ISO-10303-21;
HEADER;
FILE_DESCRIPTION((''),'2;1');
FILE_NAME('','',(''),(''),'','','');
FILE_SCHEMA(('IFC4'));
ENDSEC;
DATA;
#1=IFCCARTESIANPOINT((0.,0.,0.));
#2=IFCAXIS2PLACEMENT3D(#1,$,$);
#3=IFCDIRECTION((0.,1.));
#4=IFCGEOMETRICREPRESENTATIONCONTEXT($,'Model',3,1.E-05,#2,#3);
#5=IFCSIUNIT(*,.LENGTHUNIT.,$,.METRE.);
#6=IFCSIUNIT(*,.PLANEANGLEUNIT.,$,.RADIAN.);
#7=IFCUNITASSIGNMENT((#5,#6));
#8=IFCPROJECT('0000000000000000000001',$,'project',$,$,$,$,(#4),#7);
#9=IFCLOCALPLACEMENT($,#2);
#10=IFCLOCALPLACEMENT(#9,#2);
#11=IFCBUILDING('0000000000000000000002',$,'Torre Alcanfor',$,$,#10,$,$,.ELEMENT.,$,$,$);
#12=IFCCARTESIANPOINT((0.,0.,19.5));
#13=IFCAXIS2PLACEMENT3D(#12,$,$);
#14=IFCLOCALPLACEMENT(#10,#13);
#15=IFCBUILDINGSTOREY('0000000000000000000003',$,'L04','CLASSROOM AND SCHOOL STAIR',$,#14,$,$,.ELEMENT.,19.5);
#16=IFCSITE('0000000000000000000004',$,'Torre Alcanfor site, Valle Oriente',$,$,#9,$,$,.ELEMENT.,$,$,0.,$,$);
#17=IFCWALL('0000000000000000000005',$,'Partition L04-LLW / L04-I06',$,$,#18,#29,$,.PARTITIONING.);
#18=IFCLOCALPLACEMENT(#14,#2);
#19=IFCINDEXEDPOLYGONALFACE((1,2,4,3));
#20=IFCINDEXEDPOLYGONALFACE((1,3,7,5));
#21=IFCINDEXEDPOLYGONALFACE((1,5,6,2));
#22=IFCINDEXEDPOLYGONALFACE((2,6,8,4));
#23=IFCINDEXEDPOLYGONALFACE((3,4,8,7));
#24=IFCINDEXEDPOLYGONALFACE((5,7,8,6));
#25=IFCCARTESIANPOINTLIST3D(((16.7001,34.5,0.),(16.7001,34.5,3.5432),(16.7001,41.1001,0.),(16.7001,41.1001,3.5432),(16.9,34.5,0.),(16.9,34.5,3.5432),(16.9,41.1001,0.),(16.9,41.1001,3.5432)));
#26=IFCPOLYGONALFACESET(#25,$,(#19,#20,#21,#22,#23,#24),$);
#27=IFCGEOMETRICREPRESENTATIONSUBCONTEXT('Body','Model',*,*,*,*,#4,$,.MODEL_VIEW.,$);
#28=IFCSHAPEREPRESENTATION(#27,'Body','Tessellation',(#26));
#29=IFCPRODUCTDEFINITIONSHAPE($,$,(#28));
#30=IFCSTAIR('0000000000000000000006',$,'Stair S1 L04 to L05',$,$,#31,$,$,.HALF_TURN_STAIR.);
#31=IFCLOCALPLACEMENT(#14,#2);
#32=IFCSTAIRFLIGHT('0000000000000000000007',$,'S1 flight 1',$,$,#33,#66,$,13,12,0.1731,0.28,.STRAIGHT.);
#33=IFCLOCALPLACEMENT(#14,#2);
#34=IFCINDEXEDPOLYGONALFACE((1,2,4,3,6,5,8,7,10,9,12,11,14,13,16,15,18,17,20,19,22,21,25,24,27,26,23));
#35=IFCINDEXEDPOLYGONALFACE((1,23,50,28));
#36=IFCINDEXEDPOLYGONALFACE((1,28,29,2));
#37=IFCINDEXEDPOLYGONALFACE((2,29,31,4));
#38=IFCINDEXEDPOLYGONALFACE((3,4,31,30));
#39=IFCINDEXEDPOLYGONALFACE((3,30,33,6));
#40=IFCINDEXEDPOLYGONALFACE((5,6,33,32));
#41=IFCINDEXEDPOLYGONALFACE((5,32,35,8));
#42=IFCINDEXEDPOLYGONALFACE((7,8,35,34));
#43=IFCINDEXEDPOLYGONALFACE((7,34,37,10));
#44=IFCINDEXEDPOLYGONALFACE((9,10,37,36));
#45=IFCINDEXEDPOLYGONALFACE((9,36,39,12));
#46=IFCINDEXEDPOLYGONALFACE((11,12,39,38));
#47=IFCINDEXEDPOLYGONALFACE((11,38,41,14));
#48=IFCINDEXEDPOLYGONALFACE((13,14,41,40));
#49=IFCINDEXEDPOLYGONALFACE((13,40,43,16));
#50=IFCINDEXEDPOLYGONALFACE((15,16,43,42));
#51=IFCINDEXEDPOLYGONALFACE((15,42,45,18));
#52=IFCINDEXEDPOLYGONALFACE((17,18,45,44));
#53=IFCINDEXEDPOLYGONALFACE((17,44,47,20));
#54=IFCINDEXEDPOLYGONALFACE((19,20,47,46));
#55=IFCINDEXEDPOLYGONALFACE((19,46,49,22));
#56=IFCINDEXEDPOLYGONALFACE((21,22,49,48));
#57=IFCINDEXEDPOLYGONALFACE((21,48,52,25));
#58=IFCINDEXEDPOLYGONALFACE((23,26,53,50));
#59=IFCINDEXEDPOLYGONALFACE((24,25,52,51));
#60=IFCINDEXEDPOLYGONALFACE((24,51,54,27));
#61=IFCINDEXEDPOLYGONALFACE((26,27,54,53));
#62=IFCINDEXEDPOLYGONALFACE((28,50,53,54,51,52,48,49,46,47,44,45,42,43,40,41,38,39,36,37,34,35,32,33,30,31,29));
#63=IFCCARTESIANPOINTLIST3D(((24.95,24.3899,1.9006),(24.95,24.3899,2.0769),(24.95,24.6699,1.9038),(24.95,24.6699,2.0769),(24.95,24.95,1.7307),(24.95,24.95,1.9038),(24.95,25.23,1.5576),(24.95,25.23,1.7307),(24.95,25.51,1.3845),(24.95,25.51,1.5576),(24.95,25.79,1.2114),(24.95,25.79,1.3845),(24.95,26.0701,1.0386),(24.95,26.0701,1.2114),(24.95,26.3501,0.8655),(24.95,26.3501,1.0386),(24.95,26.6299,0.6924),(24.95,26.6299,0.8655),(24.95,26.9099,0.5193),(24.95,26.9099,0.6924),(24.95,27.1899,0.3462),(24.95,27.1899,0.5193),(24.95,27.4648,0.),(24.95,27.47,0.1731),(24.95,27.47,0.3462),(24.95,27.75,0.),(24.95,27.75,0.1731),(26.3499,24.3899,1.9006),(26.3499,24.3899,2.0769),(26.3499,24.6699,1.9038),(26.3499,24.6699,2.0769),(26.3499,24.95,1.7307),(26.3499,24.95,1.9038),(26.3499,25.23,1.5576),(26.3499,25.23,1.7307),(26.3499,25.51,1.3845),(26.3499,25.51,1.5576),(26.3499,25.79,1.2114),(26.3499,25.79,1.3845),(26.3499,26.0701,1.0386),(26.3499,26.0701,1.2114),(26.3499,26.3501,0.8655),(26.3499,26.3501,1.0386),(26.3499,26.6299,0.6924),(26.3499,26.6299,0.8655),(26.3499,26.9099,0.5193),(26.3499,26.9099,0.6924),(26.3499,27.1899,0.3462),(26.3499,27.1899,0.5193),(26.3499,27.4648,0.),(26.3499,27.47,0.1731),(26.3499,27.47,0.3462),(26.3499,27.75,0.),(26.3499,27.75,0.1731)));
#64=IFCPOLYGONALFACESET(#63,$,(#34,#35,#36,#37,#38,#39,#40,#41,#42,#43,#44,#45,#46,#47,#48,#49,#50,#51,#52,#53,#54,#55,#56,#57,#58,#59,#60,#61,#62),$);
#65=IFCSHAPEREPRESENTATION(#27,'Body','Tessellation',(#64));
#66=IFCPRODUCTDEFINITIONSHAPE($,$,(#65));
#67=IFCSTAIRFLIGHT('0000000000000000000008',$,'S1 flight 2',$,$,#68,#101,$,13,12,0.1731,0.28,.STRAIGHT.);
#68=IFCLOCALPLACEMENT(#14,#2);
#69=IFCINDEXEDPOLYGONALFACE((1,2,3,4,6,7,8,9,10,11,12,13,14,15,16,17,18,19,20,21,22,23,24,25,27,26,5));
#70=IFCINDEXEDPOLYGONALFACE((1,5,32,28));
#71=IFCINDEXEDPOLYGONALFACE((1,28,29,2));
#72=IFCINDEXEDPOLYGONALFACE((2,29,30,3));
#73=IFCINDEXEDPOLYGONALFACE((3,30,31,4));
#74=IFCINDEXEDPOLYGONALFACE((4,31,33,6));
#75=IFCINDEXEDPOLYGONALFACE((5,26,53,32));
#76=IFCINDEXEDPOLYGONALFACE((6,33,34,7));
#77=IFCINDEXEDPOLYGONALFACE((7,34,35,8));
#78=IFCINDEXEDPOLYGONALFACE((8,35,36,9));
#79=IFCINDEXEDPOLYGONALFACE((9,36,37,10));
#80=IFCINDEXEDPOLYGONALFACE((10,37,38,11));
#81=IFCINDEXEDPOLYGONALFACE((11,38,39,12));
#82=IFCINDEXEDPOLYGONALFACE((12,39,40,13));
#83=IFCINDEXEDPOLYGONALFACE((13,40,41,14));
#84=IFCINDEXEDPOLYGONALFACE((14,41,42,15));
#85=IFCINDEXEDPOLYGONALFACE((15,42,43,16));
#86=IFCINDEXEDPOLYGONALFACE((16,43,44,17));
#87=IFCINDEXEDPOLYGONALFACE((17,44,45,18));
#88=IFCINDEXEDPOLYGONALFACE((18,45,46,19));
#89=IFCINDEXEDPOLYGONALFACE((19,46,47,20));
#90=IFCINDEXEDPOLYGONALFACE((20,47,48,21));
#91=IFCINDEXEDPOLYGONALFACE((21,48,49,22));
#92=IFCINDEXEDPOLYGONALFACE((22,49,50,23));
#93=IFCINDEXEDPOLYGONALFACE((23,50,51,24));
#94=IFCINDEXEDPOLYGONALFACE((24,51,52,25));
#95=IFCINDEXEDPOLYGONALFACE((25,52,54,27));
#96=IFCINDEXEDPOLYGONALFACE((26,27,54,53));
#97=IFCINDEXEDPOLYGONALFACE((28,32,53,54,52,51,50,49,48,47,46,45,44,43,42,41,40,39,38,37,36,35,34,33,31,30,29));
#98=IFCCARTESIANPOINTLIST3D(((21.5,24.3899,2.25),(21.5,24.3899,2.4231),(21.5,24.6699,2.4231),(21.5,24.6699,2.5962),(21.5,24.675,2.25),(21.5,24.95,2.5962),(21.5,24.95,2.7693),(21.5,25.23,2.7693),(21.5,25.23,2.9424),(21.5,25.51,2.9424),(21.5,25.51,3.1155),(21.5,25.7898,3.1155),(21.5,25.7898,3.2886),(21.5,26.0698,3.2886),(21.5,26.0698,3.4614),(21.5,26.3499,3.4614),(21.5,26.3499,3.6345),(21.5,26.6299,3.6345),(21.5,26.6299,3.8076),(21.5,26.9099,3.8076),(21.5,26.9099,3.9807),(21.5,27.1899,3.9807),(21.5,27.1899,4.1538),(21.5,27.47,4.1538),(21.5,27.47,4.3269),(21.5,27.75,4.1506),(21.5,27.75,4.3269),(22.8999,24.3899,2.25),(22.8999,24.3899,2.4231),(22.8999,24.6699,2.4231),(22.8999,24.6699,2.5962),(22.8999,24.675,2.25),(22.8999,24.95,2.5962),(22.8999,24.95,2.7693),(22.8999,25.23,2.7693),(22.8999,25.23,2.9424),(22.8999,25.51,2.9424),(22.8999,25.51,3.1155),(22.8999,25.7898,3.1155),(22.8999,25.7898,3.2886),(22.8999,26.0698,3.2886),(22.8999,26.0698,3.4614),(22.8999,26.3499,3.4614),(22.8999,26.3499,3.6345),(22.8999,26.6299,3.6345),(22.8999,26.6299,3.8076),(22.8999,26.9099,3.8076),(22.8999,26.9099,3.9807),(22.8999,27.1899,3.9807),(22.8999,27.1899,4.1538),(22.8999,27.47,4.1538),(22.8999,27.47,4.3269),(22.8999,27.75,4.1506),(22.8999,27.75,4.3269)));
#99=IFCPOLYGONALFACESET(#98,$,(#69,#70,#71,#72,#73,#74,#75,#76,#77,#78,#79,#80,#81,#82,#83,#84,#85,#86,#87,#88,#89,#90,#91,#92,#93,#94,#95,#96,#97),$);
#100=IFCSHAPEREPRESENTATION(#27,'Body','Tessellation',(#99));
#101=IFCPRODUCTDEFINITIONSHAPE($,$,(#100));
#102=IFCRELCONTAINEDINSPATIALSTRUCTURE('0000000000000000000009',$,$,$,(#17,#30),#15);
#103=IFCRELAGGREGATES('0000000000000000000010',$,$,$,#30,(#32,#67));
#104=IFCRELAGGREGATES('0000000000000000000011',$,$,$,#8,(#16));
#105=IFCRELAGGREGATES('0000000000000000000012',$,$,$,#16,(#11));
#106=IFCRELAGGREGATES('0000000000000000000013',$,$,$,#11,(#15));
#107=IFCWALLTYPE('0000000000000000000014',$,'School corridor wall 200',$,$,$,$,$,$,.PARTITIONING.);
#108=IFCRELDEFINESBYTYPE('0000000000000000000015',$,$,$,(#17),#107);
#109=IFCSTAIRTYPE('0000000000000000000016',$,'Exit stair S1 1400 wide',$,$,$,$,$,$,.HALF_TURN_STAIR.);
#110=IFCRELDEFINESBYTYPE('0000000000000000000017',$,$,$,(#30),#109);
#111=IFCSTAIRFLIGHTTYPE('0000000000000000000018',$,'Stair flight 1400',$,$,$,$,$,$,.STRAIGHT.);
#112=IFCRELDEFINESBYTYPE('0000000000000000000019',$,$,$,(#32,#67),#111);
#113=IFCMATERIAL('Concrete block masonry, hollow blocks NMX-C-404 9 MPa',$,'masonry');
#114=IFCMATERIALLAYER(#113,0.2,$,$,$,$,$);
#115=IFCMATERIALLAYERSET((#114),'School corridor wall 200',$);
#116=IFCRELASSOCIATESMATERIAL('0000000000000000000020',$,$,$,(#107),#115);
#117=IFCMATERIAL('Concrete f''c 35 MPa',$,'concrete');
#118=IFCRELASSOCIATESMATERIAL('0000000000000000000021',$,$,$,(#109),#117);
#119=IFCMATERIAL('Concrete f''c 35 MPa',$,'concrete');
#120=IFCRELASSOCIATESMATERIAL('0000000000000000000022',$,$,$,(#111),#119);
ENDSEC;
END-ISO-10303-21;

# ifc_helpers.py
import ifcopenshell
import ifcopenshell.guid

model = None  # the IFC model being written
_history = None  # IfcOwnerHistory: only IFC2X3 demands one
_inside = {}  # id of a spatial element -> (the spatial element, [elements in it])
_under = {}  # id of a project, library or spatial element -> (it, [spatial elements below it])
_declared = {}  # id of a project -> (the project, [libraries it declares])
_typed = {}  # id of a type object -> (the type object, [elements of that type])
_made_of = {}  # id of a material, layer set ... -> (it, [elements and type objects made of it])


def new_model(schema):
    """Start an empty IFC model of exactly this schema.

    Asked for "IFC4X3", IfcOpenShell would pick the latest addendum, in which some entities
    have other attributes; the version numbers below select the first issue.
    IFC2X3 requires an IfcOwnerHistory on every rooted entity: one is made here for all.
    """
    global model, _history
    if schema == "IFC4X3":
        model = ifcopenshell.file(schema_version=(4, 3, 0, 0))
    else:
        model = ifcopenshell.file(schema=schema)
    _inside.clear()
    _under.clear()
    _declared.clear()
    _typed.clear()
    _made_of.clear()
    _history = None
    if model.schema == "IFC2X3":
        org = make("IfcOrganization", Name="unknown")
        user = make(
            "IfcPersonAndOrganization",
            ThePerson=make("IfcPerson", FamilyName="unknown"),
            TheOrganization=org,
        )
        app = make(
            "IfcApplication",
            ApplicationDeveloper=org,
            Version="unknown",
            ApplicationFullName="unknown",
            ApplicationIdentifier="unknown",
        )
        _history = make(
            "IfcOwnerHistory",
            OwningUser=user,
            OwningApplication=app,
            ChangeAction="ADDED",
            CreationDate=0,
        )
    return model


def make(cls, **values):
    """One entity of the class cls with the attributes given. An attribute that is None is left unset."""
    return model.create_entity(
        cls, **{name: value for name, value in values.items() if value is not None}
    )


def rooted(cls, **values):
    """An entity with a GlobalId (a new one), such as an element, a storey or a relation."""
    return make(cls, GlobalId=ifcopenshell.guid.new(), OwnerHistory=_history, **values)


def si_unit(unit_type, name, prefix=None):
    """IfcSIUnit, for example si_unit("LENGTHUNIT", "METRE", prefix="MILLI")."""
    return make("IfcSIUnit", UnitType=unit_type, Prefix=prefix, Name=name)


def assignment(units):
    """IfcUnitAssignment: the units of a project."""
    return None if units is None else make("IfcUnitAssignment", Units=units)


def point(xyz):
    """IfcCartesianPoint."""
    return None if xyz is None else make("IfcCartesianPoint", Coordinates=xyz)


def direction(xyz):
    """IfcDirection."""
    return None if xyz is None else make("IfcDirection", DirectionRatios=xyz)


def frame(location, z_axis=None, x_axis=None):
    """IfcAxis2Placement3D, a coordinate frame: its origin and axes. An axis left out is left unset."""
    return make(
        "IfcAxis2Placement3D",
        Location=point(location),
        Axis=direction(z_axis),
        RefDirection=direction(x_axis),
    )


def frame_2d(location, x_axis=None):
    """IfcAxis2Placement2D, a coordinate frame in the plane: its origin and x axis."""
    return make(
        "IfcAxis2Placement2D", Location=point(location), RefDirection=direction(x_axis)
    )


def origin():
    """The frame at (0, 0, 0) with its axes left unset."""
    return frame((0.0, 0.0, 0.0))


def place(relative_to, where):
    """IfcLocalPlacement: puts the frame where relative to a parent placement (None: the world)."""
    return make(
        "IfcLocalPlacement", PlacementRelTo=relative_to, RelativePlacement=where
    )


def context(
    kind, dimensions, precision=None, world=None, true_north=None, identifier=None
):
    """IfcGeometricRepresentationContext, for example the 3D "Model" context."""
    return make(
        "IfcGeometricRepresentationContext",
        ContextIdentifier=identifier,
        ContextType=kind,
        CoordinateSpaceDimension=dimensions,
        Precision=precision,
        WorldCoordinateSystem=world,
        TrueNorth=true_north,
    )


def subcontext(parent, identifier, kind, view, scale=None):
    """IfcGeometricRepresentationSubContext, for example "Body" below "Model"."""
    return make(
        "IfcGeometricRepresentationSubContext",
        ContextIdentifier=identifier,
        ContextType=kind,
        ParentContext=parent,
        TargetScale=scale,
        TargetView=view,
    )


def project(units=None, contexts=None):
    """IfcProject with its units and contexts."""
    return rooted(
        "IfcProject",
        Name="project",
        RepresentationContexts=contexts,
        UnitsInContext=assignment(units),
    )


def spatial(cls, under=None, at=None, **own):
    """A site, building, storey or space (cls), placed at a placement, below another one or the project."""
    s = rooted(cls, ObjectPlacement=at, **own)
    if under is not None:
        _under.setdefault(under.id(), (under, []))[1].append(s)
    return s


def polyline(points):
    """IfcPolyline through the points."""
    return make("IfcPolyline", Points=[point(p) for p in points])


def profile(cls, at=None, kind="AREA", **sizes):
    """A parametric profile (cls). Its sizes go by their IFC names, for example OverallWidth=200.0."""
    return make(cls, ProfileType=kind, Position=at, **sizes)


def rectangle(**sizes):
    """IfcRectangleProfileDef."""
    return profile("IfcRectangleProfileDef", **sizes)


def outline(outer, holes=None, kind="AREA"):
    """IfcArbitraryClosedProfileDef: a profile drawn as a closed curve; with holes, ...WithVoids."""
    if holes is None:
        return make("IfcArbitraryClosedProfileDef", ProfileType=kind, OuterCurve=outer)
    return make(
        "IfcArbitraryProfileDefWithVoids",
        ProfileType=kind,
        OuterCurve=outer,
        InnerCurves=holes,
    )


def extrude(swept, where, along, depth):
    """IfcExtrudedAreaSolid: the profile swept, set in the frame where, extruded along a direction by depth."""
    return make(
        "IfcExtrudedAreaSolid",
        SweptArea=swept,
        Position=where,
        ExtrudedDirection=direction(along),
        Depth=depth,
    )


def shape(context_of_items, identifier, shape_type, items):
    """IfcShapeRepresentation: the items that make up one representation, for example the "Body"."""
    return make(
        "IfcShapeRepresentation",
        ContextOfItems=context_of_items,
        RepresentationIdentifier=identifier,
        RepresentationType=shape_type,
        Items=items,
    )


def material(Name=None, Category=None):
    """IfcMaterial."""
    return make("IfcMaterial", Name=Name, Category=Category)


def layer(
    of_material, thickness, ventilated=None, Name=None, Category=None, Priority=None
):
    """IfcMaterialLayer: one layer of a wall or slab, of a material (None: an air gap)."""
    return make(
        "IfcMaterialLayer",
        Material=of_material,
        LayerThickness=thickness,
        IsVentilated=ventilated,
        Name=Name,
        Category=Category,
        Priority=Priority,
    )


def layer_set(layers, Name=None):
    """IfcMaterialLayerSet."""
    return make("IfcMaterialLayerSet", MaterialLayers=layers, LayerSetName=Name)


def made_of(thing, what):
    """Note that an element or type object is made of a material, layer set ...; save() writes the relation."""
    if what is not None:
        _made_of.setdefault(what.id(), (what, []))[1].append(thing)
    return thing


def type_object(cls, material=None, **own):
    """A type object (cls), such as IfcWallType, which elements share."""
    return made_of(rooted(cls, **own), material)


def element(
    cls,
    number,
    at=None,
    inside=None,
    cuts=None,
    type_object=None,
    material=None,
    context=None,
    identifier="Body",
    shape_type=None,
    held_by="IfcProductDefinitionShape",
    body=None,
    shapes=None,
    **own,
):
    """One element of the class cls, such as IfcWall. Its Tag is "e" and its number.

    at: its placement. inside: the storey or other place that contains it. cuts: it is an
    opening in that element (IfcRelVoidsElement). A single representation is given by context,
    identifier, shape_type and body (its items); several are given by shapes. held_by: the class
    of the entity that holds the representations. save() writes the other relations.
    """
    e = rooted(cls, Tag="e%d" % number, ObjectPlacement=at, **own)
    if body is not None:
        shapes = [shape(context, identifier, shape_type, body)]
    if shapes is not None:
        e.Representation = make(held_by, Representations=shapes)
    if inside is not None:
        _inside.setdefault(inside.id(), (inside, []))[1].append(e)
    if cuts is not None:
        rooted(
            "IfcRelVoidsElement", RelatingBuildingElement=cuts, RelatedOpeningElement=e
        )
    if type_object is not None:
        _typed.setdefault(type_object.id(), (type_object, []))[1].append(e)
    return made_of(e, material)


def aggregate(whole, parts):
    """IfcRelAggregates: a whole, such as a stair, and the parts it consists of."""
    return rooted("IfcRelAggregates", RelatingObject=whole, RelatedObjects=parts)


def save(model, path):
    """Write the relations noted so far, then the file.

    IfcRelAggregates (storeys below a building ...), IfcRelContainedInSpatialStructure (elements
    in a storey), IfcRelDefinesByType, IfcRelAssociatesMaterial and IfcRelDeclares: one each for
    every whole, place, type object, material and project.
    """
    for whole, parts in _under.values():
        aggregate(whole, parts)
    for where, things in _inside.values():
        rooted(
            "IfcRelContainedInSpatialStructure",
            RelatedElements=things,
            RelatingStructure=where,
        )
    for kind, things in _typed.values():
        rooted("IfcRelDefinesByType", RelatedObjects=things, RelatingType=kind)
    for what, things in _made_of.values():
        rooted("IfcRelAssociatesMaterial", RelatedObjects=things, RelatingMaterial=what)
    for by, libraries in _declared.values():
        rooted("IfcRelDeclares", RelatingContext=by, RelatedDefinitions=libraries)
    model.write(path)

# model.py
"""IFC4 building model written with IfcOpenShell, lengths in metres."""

from ifc_helpers import new_model, si_unit, direction, frame, frame_2d, origin, place, context, subcontext, project, spatial, polyline, rectangle, outline, extrude, material, layer, layer_set, type_object, element, aggregate, save


model = new_model("IFC4")

# Units and contexts
model_context = context("Model", 3, precision=1e-05, world=origin(), true_north=direction((0.0, 1.0)))
body_context = subcontext(model_context, "Body", "Model", "MODEL_VIEW")
ifc_project = project(units=[si_unit("LENGTHUNIT", "METRE"), si_unit("PLANEANGLEUNIT", "RADIAN")], contexts=[model_context])

# Site, building, storey
site_placement = place(None, origin())
site = spatial("IfcSite", under=ifc_project, at=site_placement, Name="Torre Alcanfor site, Valle Oriente", CompositionType="ELEMENT", RefElevation=0.0)
building_placement = place(site_placement, origin())
building = spatial("IfcBuilding", under=site, at=building_placement, Name="Torre Alcanfor", CompositionType="ELEMENT")
storey_placement = place(building_placement, frame((0.0, 0.0, 19.5)))
storey = spatial("IfcBuildingStorey", under=building, at=storey_placement, Name="L04", Description="CLASSROOM AND SCHOOL STAIR", CompositionType="ELEMENT", Elevation=19.5)

# Wall
ifc_material_1 = material(Name="Concrete block masonry, hollow blocks NMX-C-404 9 MPa", Category="masonry")
ifc_layer_1 = layer(ifc_material_1, 0.2)
ifc_layer_set_1 = layer_set([ifc_layer_1], Name="School corridor wall 200")
wall_type_1 = type_object("IfcWallType", Name="School corridor wall 200", PredefinedType="PARTITIONING", material=ifc_layer_set_1)
wall_1_placement = place(storey_placement, frame((16.8, 34.5, 0.0), z_axis=(0.0, 0.0, 1.0), x_axis=(0.0, 1.0, 0.0)))
element("IfcWall", 1, at=wall_1_placement, inside=storey, type_object=wall_type_1, Name="Partition L04-LLW / L04-I06", PredefinedType="PARTITIONING", context=body_context, shape_type="SweptSolid", body=[
    extrude(rectangle(XDim=6.6001, YDim=0.2, at=frame_2d((3.3, 0.0))), origin(), (0.0, 0.0, 1.0), 3.5432),
])

# Stair, stair flights
ifc_material_2 = material(Name="Concrete f'c 35 MPa", Category="concrete")
stair_type = type_object("IfcStairType", Name="Exit stair S1 1400 wide", PredefinedType="HALF_TURN_STAIR", material=ifc_material_2)
stair_placement = place(storey_placement, origin())
stair = element("IfcStair", 2, at=stair_placement, inside=storey, type_object=stair_type, Name="Stair S1 L04 to L05", PredefinedType="HALF_TURN_STAIR")
ifc_material_3 = material(Name="Concrete f'c 35 MPa", Category="concrete")
stair_flight_type = type_object("IfcStairFlightType", Name="Stair flight 1400", PredefinedType="STRAIGHT", material=ifc_material_3)
stair_flight_1_placement = place(storey_placement, frame((25.6499, 27.75, 0.0), z_axis=(0.0, 0.0, 1.0), x_axis=(0.0, -1.0, 0.0)))
stair_flight_1 = element("IfcStairFlight", 3, at=stair_flight_1_placement, type_object=stair_flight_type, Name="S1 flight 1", NumberOfRisers=13, NumberOfTreads=12, PredefinedType="STRAIGHT", RiserHeight=0.1731, TreadLength=0.28, context=body_context, shape_type="SweptSolid", body=[
    extrude(outline(polyline([(0.0, 0.0), (0.0, 0.1731), (0.28, 0.1731), (0.28, 0.3462), (0.5601, 0.3462), (0.5601, 0.5193), (0.8401, 0.5193), (0.8401, 0.6924), (1.1201, 0.6924), (1.1201, 0.8655), (1.3999, 0.8655), (1.3999, 1.0386), (1.6799, 1.0386), (1.6799, 1.2114), (1.96, 1.2114), (1.96, 1.3845), (2.24, 1.3845), (2.24, 1.5576), (2.52, 1.5576), (2.52, 1.7307), (2.8, 1.7307), (2.8, 1.9038), (3.0801, 1.9038), (3.0801, 2.0769), (3.3601, 2.0769), (3.3601, 2.25), (3.3601, 1.9006), (0.2852, 0.0), (0.0, 0.0)])), frame((0.0, 0.7, 0.0), z_axis=(0.0, -1.0, 0.0), x_axis=(1.0, 0.0, 0.0)), (0.0, 0.0, 1.0), 1.3999),
])
stair_flight_2_placement = place(storey_placement, frame((22.2, 24.3899, 2.25), z_axis=(0.0, 0.0, 1.0), x_axis=(0.0, 1.0, 0.0)))
stair_flight_2 = element("IfcStairFlight", 4, at=stair_flight_2_placement, type_object=stair_flight_type, Name="S1 flight 2", NumberOfRisers=13, NumberOfTreads=12, PredefinedType="STRAIGHT", RiserHeight=0.1731, TreadLength=0.28, context=body_context, shape_type="SweptSolid", body=[
    extrude(outline(polyline([(0.0, 0.0), (0.0, 0.1731), (0.28, 0.1731), (0.28, 0.3462), (0.5601, 0.3462), (0.5601, 0.5193), (0.8401, 0.5193), (0.8401, 0.6924), (1.1201, 0.6924), (1.1201, 0.8655), (1.3999, 0.8655), (1.3999, 1.0386), (1.6799, 1.0386), (1.6799, 1.2114), (1.96, 1.2114), (1.96, 1.3845), (2.24, 1.3845), (2.24, 1.5576), (2.52, 1.5576), (2.52, 1.7307), (2.8, 1.7307), (2.8, 1.9038), (3.0801, 1.9038), (3.0801, 2.0769), (3.3601, 2.0769), (3.3601, 2.25), (3.3601, 1.9006), (0.2852, 0.0), (0.0, 0.0)])), frame((0.0, 0.7, 0.0), z_axis=(0.0, -1.0, 0.0), x_axis=(1.0, 0.0, 0.0)), (0.0, 0.0, 1.0), 1.3999),
])
aggregate(stair, [stair_flight_1, stair_flight_2])

save(model, "model.ifc")
